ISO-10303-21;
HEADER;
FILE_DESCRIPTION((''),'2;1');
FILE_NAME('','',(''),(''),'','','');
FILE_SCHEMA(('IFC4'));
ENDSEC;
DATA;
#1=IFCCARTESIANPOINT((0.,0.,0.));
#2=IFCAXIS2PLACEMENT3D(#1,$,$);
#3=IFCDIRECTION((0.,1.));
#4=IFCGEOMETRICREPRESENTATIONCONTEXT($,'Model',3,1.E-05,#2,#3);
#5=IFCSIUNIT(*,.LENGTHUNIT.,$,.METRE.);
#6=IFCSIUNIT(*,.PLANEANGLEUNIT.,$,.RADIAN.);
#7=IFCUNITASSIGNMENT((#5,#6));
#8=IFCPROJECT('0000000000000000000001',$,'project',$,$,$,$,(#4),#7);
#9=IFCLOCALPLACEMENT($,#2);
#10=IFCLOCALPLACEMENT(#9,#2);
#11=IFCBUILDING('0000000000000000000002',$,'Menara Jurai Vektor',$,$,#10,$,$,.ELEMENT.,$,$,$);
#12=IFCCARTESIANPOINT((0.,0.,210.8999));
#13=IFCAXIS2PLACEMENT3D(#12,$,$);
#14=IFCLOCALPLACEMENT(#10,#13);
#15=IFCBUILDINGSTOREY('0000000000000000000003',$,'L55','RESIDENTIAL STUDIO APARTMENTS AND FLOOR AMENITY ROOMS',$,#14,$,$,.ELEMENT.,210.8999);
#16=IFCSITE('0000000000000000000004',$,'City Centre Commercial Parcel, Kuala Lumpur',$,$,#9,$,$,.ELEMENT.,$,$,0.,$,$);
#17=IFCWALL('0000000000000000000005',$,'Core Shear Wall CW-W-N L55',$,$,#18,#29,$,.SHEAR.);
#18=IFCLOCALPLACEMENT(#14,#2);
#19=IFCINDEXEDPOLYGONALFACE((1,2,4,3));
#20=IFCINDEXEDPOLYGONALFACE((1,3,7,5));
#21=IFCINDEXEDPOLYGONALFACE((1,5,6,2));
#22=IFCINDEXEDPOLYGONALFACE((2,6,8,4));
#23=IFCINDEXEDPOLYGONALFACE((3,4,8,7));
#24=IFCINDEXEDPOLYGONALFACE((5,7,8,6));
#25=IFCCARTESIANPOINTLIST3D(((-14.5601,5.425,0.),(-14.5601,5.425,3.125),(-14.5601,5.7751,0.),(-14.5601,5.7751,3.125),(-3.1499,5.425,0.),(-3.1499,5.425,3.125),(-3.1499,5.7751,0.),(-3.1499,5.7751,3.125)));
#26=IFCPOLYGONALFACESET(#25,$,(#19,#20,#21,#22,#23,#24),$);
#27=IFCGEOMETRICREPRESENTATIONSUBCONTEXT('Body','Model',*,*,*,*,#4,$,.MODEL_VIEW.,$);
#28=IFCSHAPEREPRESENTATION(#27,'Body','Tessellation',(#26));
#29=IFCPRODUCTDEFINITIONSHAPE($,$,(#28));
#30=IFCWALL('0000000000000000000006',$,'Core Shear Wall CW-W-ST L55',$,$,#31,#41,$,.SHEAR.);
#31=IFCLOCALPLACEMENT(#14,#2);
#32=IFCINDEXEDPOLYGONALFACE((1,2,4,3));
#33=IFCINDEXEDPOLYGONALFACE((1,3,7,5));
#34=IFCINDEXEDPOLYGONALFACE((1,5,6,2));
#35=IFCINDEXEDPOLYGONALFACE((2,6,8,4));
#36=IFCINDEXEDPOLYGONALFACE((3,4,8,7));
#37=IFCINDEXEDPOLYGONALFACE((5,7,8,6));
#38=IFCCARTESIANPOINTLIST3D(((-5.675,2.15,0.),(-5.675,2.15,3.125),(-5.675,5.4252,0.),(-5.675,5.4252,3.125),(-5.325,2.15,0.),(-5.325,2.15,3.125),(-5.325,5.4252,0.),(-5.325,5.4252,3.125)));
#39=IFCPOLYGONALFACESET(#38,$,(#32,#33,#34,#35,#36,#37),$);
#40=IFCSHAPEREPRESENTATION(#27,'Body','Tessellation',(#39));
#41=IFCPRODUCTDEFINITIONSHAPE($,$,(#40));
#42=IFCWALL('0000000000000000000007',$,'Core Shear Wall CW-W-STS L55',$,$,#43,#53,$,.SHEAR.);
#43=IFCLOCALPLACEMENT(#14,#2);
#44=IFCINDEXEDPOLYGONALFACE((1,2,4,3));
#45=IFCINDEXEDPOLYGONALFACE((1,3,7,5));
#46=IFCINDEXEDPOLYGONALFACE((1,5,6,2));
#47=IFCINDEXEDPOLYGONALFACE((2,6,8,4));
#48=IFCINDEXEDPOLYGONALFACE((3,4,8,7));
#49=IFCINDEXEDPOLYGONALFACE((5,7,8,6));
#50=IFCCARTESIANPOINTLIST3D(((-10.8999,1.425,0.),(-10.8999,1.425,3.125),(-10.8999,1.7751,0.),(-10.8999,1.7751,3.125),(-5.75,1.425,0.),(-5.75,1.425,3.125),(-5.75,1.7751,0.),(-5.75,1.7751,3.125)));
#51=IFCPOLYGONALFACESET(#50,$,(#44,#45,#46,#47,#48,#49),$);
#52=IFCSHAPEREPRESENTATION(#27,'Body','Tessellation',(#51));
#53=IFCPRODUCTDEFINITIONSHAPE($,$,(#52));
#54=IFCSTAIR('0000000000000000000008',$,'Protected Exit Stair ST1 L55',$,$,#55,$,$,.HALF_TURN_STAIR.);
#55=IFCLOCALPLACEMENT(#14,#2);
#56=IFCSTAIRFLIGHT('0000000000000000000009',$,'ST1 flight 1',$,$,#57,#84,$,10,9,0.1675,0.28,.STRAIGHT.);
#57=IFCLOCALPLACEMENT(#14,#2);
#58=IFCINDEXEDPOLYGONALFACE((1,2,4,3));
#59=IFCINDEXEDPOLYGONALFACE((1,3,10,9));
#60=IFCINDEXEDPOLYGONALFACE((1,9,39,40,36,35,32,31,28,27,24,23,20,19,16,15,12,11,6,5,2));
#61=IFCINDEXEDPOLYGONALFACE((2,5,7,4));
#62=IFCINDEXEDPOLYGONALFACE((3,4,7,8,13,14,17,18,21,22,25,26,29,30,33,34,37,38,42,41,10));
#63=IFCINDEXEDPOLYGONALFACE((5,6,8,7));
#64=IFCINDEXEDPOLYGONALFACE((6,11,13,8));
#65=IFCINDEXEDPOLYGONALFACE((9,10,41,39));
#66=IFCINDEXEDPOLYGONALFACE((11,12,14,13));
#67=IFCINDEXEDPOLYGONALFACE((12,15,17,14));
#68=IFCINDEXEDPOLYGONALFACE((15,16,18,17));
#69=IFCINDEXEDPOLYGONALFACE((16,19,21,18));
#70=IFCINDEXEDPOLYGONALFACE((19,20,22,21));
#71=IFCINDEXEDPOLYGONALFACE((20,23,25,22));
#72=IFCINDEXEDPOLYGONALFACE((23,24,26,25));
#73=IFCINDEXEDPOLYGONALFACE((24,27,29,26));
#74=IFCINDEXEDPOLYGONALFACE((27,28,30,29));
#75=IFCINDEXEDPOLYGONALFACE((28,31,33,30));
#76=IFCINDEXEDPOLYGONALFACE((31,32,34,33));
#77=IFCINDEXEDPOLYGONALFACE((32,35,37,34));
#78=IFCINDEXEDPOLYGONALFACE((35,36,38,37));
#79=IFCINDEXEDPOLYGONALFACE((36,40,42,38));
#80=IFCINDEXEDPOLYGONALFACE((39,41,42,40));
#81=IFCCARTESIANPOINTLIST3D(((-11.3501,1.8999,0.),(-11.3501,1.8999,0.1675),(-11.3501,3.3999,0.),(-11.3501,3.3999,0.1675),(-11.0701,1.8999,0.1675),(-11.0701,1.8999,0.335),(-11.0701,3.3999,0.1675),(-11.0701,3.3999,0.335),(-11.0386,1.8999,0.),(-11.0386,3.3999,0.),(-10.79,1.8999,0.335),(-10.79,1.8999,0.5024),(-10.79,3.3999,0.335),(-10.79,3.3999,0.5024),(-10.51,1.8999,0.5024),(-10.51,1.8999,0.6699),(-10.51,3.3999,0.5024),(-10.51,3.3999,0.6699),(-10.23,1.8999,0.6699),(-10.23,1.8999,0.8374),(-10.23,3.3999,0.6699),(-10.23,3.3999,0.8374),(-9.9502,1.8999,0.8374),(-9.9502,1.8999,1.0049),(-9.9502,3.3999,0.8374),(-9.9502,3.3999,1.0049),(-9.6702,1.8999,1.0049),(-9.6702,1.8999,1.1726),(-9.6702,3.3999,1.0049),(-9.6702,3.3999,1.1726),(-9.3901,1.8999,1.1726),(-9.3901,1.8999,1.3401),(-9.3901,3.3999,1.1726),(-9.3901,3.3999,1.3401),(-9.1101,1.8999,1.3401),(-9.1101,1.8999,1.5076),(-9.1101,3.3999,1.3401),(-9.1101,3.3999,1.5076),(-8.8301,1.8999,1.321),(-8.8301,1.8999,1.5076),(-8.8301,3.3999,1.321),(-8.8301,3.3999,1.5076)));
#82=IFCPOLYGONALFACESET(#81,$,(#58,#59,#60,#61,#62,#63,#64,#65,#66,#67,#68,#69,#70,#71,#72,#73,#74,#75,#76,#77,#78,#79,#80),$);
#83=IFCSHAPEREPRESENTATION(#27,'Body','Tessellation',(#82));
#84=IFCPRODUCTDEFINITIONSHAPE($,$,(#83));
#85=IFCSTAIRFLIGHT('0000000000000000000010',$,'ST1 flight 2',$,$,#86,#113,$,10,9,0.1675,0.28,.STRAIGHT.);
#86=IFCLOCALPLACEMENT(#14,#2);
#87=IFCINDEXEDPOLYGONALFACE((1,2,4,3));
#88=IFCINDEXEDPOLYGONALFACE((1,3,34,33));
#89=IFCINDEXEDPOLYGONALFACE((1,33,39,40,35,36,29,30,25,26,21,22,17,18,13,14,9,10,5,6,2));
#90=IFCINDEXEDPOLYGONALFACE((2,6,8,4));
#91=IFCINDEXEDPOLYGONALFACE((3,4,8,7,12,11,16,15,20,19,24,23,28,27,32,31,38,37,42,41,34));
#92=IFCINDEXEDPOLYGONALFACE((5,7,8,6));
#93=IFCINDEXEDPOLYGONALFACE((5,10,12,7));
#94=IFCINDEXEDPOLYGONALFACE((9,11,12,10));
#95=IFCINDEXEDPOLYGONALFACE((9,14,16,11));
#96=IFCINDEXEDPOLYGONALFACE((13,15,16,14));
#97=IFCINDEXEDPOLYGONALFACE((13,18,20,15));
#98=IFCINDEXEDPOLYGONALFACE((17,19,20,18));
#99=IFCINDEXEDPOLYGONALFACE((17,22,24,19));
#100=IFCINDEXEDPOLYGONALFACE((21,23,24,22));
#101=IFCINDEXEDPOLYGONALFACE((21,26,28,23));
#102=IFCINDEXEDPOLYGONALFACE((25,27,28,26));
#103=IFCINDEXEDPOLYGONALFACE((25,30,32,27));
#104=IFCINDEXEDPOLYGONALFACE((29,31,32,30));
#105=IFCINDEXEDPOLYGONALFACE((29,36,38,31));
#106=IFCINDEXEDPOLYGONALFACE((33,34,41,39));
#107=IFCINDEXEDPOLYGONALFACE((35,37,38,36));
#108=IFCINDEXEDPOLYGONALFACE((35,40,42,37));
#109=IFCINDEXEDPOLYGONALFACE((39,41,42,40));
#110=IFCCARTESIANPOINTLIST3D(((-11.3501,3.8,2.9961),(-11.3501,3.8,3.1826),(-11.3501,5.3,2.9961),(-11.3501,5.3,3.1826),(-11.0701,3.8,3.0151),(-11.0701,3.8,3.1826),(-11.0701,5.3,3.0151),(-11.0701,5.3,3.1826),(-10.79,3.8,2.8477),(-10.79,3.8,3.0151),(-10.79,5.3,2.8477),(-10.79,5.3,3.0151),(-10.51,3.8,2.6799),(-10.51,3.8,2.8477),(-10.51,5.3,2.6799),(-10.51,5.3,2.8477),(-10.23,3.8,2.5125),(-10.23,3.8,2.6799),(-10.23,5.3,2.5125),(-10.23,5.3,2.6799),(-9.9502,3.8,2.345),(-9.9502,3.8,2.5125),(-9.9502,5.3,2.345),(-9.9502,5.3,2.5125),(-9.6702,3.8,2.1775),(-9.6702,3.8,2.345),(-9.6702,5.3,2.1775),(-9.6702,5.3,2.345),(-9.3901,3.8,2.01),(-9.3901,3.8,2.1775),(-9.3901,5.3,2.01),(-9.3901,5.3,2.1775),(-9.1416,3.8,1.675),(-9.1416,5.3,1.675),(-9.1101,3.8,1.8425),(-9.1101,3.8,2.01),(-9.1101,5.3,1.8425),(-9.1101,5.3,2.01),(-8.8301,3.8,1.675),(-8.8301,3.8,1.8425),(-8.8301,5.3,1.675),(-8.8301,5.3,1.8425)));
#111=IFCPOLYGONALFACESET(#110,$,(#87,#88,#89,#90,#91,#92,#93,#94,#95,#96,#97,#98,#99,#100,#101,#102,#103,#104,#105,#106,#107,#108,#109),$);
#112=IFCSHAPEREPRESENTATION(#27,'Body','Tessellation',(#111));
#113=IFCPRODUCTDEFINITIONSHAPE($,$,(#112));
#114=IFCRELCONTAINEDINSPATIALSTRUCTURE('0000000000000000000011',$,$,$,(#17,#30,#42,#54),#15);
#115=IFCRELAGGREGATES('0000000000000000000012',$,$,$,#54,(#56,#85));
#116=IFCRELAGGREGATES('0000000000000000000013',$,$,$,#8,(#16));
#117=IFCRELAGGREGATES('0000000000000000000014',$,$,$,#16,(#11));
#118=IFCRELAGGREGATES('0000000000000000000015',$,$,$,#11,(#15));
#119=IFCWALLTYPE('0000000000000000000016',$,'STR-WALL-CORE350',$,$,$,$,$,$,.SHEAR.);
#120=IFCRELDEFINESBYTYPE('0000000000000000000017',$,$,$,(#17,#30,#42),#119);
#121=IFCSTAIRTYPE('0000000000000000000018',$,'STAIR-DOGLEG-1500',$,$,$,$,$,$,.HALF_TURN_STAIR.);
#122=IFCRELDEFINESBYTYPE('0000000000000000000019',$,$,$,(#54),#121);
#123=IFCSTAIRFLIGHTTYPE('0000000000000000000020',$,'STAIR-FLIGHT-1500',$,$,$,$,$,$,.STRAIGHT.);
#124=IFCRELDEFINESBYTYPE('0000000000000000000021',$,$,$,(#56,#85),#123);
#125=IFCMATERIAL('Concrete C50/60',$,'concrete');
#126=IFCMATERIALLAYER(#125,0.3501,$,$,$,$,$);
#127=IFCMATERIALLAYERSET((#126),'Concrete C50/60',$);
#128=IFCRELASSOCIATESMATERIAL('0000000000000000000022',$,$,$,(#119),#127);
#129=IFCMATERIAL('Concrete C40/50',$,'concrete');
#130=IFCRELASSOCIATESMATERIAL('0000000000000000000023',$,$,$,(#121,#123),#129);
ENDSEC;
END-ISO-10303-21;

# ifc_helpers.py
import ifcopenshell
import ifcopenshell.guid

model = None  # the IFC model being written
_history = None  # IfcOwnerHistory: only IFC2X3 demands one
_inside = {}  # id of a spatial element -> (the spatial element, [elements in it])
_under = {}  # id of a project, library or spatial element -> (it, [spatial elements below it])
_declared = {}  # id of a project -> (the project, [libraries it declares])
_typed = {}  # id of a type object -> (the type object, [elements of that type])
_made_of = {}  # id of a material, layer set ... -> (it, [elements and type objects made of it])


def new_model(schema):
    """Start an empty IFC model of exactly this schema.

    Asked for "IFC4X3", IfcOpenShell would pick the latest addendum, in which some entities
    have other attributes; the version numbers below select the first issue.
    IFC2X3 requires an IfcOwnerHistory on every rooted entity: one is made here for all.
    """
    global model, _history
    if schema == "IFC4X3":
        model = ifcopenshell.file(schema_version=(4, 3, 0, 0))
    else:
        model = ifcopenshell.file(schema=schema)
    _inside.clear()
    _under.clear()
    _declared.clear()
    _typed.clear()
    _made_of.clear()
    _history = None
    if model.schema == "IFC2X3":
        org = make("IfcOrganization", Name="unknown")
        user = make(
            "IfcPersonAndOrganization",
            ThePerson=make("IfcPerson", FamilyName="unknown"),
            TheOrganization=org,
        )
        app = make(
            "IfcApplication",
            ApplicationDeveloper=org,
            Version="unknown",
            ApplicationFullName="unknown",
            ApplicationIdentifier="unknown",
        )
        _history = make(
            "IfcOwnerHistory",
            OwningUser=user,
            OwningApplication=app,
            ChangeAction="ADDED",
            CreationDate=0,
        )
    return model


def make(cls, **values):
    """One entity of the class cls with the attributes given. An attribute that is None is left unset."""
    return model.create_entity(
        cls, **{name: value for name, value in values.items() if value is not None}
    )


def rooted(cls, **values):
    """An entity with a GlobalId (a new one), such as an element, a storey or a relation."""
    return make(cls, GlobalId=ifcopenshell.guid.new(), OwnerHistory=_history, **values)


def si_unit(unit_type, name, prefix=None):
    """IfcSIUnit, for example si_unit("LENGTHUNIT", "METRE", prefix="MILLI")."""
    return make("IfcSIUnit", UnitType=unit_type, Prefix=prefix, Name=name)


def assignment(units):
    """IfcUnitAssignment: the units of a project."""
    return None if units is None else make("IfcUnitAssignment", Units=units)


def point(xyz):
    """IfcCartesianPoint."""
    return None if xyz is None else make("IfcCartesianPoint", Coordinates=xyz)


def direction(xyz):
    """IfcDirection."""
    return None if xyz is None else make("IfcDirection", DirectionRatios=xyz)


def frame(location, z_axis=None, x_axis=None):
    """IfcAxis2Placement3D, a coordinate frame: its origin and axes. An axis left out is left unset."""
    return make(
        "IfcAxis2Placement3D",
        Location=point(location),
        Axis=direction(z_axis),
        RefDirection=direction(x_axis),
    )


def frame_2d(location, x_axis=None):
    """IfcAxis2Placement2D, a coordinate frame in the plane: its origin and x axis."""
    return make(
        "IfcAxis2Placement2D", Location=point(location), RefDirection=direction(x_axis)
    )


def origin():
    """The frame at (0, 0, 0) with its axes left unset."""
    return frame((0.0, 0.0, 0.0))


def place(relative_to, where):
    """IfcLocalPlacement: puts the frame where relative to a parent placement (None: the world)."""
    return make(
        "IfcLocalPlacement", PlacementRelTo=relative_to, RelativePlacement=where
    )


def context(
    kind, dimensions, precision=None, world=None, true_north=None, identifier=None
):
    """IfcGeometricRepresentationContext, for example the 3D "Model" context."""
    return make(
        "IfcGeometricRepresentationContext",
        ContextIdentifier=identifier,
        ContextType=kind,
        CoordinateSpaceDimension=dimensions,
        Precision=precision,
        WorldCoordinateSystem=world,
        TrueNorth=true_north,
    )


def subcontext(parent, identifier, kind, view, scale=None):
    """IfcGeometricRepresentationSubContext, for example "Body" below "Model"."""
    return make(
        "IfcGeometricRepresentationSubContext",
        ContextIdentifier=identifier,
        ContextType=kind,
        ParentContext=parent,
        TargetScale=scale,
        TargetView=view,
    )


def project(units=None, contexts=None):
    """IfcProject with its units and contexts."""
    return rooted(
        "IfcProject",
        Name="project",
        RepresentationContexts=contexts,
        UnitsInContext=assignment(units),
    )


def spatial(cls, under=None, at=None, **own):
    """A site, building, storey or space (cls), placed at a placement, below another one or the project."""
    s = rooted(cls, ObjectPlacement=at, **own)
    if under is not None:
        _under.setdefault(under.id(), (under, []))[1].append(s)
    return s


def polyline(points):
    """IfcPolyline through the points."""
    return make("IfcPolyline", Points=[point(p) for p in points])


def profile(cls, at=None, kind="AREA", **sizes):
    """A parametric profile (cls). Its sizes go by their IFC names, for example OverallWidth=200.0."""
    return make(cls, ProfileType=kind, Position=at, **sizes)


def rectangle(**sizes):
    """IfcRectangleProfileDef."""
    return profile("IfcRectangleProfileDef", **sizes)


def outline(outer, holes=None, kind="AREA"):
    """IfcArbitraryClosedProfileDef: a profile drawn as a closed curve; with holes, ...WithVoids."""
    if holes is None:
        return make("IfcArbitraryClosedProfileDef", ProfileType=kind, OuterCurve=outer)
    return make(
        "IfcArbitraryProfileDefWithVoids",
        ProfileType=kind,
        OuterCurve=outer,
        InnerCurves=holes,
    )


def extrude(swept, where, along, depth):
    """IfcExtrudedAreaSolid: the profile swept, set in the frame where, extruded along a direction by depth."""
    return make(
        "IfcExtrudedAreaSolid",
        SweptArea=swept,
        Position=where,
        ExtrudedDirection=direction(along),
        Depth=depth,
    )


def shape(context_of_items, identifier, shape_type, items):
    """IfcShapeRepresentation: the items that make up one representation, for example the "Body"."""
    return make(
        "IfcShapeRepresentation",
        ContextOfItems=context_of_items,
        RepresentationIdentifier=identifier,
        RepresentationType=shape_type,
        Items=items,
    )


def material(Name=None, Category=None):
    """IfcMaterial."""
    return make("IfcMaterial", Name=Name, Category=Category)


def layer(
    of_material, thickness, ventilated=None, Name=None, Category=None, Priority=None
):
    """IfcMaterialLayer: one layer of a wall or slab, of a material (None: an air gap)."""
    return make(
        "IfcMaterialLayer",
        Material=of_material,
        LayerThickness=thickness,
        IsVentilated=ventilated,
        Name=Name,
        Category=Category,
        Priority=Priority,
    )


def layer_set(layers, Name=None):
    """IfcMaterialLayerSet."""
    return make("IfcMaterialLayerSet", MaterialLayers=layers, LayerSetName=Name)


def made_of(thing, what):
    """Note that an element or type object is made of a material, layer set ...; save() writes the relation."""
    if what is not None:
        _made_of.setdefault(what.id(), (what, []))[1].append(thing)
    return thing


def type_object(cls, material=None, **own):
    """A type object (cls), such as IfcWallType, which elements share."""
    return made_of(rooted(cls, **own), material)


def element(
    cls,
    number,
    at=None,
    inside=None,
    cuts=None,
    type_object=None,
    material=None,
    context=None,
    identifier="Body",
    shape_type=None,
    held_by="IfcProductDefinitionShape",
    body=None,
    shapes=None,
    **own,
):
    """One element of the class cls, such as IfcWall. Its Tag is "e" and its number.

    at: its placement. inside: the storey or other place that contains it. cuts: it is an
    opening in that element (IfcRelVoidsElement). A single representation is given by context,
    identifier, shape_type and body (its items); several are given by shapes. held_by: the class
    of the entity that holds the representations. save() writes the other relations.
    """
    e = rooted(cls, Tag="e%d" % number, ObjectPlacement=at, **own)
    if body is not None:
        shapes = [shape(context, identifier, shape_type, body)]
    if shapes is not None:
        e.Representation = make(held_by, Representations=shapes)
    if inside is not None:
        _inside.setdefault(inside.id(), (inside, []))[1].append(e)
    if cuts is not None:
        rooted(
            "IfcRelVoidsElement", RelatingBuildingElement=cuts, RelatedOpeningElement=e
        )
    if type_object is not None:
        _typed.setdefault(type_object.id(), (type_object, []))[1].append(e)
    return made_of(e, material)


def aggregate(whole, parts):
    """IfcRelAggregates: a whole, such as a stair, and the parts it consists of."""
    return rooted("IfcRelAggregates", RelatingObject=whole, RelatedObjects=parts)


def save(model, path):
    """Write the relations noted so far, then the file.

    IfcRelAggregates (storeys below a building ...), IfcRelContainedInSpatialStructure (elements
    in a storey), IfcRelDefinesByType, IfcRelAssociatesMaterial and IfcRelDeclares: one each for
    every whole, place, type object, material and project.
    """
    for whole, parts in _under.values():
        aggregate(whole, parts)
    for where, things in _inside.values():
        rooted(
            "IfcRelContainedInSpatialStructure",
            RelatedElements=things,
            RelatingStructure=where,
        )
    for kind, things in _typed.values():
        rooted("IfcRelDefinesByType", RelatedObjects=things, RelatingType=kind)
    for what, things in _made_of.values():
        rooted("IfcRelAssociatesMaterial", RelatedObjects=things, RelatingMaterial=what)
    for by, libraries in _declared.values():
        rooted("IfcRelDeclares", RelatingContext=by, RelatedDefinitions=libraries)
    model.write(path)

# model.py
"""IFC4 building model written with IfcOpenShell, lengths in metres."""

from ifc_helpers import new_model, si_unit, direction, frame, frame_2d, origin, place, context, subcontext, project, spatial, polyline, rectangle, outline, extrude, material, layer, layer_set, type_object, element, aggregate, save


model = new_model("IFC4")

# Units and contexts
model_context = context("Model", 3, precision=1e-05, world=origin(), true_north=direction((0.0, 1.0)))
body_context = subcontext(model_context, "Body", "Model", "MODEL_VIEW")
ifc_project = project(units=[si_unit("LENGTHUNIT", "METRE"), si_unit("PLANEANGLEUNIT", "RADIAN")], contexts=[model_context])

# Site, building, storey
site_placement = place(None, origin())
site = spatial("IfcSite", under=ifc_project, at=site_placement, Name="City Centre Commercial Parcel, Kuala Lumpur", CompositionType="ELEMENT", RefElevation=0.0)
building_placement = place(site_placement, origin())
building = spatial("IfcBuilding", under=site, at=building_placement, Name="Menara Jurai Vektor", CompositionType="ELEMENT")
storey_placement = place(building_placement, frame((0.0, 0.0, 210.8999)))
storey = spatial("IfcBuildingStorey", under=building, at=storey_placement, Name="L55", Description="RESIDENTIAL STUDIO APARTMENTS AND FLOOR AMENITY ROOMS", CompositionType="ELEMENT", Elevation=210.8999)

# Shared definitions
ifc_material_1 = material(Name="Concrete C50/60", Category="concrete")

# Shared definitions
ifc_material_2 = material(Name="Concrete C40/50", Category="concrete")

# Walls
ifc_layer_1 = layer(ifc_material_1, 0.3501)
ifc_layer_set_1 = layer_set([ifc_layer_1], Name="Concrete C50/60")
wall_type_1 = type_object("IfcWallType", Name="STR-WALL-CORE350", PredefinedType="SHEAR", material=ifc_layer_set_1)
wall_1_placement = place(storey_placement, frame((-14.5601, 5.6001, 0.0), z_axis=(0.0, 0.0, 1.0), x_axis=(1.0, 0.0, 0.0)))
element("IfcWall", 1, at=wall_1_placement, inside=storey, type_object=wall_type_1, Name="Core Shear Wall CW-W-N L55", PredefinedType="SHEAR", context=body_context, shape_type="SweptSolid", body=[
    extrude(rectangle(XDim=11.4102, YDim=0.3501, at=frame_2d((5.7051, 0.0))), origin(), (0.0, 0.0, 1.0), 3.125),
])
wall_2_placement = place(storey_placement, frame((-5.5, 2.1499, 0.0), z_axis=(0.0, 0.0, 1.0), x_axis=(0.0, 1.0, 0.0)))
element("IfcWall", 2, at=wall_2_placement, inside=storey, type_object=wall_type_1, Name="Core Shear Wall CW-W-ST L55", PredefinedType="SHEAR", context=body_context, shape_type="SweptSolid", body=[
    extrude(rectangle(XDim=3.2751, YDim=0.3501, at=frame_2d((1.6377, 0.0))), origin(), (0.0, 0.0, 1.0), 3.125),
])
wall_3_placement = place(storey_placement, frame((-10.8999, 1.6001, 0.0), z_axis=(0.0, 0.0, 1.0), x_axis=(1.0, 0.0, 0.0)))
element("IfcWall", 3, at=wall_3_placement, inside=storey, type_object=wall_type_1, Name="Core Shear Wall CW-W-STS L55", PredefinedType="SHEAR", context=body_context, shape_type="SweptSolid", body=[
    extrude(rectangle(XDim=5.1499, YDim=0.3501, at=frame_2d((2.575, 0.0))), origin(), (0.0, 0.0, 1.0), 3.125),
])

# Stair, stair flights
stair_type = type_object("IfcStairType", Name="STAIR-DOGLEG-1500", PredefinedType="HALF_TURN_STAIR", material=ifc_material_2)
stair_placement = place(storey_placement, origin())
stair = element("IfcStair", 4, at=stair_placement, inside=storey, type_object=stair_type, Name="Protected Exit Stair ST1 L55", PredefinedType="HALF_TURN_STAIR")
stair_flight_type = type_object("IfcStairFlightType", Name="STAIR-FLIGHT-1500", PredefinedType="STRAIGHT", material=ifc_material_2)
stair_flight_1_placement = place(storey_placement, frame((-11.3501, 2.6499, 0.0), z_axis=(0.0, 0.0, 1.0), x_axis=(1.0, 0.0, 0.0)))
stair_flight_1 = element("IfcStairFlight", 5, at=stair_flight_1_placement, type_object=stair_flight_type, Name="ST1 flight 1", NumberOfRisers=10, NumberOfTreads=9, PredefinedType="STRAIGHT", RiserHeight=0.1675, TreadLength=0.28, context=body_context, shape_type="SweptSolid", body=[
    extrude(outline(polyline([(0.0, 0.0), (0.0, 0.1675), (0.28, 0.1675), (0.28, 0.335), (0.5601, 0.335), (0.5601, 0.5024), (0.8401, 0.5024), (0.8401, 0.6699), (1.1201, 0.6699), (1.1201, 0.8374), (1.3999, 0.8374), (1.3999, 1.0049), (1.6799, 1.0049), (1.6799, 1.1726), (1.96, 1.1726), (1.96, 1.3401), (2.24, 1.3401), (2.24, 1.5076), (2.52, 1.5076), (2.52, 1.675), (2.52, 1.321), (0.3115, 0.0), (0.0, 0.0)])), frame((0.0, 0.75, 0.0), z_axis=(0.0, -1.0, 0.0), x_axis=(1.0, 0.0, 0.0)), (0.0, 0.0, 1.0), 1.5),
])
stair_flight_2_placement = place(storey_placement, frame((-8.8301, 4.55, 1.675), z_axis=(0.0, 0.0, 1.0), x_axis=(-1.0, 0.0, 0.0)))
stair_flight_2 = element("IfcStairFlight", 6, at=stair_flight_2_placement, type_object=stair_flight_type, Name="ST1 flight 2", NumberOfRisers=10, NumberOfTreads=9, PredefinedType="STRAIGHT", RiserHeight=0.1675, TreadLength=0.28, context=body_context, shape_type="SweptSolid", body=[
    extrude(outline(polyline([(0.0, 0.0), (0.0, 0.1675), (0.28, 0.1675), (0.28, 0.335), (0.5601, 0.335), (0.5601, 0.5024), (0.8401, 0.5024), (0.8401, 0.6699), (1.1201, 0.6699), (1.1201, 0.8374), (1.3999, 0.8374), (1.3999, 1.0049), (1.6799, 1.0049), (1.6799, 1.1726), (1.96, 1.1726), (1.96, 1.3401), (2.24, 1.3401), (2.24, 1.5076), (2.52, 1.5076), (2.52, 1.675), (2.52, 1.321), (0.3115, 0.0), (0.0, 0.0)])), frame((0.0, 0.75, 0.0), z_axis=(0.0, -1.0, 0.0), x_axis=(1.0, 0.0, 0.0)), (0.0, 0.0, 1.0), 1.5),
])
aggregate(stair, [stair_flight_1, stair_flight_2])

save(model, "model.ifc")
